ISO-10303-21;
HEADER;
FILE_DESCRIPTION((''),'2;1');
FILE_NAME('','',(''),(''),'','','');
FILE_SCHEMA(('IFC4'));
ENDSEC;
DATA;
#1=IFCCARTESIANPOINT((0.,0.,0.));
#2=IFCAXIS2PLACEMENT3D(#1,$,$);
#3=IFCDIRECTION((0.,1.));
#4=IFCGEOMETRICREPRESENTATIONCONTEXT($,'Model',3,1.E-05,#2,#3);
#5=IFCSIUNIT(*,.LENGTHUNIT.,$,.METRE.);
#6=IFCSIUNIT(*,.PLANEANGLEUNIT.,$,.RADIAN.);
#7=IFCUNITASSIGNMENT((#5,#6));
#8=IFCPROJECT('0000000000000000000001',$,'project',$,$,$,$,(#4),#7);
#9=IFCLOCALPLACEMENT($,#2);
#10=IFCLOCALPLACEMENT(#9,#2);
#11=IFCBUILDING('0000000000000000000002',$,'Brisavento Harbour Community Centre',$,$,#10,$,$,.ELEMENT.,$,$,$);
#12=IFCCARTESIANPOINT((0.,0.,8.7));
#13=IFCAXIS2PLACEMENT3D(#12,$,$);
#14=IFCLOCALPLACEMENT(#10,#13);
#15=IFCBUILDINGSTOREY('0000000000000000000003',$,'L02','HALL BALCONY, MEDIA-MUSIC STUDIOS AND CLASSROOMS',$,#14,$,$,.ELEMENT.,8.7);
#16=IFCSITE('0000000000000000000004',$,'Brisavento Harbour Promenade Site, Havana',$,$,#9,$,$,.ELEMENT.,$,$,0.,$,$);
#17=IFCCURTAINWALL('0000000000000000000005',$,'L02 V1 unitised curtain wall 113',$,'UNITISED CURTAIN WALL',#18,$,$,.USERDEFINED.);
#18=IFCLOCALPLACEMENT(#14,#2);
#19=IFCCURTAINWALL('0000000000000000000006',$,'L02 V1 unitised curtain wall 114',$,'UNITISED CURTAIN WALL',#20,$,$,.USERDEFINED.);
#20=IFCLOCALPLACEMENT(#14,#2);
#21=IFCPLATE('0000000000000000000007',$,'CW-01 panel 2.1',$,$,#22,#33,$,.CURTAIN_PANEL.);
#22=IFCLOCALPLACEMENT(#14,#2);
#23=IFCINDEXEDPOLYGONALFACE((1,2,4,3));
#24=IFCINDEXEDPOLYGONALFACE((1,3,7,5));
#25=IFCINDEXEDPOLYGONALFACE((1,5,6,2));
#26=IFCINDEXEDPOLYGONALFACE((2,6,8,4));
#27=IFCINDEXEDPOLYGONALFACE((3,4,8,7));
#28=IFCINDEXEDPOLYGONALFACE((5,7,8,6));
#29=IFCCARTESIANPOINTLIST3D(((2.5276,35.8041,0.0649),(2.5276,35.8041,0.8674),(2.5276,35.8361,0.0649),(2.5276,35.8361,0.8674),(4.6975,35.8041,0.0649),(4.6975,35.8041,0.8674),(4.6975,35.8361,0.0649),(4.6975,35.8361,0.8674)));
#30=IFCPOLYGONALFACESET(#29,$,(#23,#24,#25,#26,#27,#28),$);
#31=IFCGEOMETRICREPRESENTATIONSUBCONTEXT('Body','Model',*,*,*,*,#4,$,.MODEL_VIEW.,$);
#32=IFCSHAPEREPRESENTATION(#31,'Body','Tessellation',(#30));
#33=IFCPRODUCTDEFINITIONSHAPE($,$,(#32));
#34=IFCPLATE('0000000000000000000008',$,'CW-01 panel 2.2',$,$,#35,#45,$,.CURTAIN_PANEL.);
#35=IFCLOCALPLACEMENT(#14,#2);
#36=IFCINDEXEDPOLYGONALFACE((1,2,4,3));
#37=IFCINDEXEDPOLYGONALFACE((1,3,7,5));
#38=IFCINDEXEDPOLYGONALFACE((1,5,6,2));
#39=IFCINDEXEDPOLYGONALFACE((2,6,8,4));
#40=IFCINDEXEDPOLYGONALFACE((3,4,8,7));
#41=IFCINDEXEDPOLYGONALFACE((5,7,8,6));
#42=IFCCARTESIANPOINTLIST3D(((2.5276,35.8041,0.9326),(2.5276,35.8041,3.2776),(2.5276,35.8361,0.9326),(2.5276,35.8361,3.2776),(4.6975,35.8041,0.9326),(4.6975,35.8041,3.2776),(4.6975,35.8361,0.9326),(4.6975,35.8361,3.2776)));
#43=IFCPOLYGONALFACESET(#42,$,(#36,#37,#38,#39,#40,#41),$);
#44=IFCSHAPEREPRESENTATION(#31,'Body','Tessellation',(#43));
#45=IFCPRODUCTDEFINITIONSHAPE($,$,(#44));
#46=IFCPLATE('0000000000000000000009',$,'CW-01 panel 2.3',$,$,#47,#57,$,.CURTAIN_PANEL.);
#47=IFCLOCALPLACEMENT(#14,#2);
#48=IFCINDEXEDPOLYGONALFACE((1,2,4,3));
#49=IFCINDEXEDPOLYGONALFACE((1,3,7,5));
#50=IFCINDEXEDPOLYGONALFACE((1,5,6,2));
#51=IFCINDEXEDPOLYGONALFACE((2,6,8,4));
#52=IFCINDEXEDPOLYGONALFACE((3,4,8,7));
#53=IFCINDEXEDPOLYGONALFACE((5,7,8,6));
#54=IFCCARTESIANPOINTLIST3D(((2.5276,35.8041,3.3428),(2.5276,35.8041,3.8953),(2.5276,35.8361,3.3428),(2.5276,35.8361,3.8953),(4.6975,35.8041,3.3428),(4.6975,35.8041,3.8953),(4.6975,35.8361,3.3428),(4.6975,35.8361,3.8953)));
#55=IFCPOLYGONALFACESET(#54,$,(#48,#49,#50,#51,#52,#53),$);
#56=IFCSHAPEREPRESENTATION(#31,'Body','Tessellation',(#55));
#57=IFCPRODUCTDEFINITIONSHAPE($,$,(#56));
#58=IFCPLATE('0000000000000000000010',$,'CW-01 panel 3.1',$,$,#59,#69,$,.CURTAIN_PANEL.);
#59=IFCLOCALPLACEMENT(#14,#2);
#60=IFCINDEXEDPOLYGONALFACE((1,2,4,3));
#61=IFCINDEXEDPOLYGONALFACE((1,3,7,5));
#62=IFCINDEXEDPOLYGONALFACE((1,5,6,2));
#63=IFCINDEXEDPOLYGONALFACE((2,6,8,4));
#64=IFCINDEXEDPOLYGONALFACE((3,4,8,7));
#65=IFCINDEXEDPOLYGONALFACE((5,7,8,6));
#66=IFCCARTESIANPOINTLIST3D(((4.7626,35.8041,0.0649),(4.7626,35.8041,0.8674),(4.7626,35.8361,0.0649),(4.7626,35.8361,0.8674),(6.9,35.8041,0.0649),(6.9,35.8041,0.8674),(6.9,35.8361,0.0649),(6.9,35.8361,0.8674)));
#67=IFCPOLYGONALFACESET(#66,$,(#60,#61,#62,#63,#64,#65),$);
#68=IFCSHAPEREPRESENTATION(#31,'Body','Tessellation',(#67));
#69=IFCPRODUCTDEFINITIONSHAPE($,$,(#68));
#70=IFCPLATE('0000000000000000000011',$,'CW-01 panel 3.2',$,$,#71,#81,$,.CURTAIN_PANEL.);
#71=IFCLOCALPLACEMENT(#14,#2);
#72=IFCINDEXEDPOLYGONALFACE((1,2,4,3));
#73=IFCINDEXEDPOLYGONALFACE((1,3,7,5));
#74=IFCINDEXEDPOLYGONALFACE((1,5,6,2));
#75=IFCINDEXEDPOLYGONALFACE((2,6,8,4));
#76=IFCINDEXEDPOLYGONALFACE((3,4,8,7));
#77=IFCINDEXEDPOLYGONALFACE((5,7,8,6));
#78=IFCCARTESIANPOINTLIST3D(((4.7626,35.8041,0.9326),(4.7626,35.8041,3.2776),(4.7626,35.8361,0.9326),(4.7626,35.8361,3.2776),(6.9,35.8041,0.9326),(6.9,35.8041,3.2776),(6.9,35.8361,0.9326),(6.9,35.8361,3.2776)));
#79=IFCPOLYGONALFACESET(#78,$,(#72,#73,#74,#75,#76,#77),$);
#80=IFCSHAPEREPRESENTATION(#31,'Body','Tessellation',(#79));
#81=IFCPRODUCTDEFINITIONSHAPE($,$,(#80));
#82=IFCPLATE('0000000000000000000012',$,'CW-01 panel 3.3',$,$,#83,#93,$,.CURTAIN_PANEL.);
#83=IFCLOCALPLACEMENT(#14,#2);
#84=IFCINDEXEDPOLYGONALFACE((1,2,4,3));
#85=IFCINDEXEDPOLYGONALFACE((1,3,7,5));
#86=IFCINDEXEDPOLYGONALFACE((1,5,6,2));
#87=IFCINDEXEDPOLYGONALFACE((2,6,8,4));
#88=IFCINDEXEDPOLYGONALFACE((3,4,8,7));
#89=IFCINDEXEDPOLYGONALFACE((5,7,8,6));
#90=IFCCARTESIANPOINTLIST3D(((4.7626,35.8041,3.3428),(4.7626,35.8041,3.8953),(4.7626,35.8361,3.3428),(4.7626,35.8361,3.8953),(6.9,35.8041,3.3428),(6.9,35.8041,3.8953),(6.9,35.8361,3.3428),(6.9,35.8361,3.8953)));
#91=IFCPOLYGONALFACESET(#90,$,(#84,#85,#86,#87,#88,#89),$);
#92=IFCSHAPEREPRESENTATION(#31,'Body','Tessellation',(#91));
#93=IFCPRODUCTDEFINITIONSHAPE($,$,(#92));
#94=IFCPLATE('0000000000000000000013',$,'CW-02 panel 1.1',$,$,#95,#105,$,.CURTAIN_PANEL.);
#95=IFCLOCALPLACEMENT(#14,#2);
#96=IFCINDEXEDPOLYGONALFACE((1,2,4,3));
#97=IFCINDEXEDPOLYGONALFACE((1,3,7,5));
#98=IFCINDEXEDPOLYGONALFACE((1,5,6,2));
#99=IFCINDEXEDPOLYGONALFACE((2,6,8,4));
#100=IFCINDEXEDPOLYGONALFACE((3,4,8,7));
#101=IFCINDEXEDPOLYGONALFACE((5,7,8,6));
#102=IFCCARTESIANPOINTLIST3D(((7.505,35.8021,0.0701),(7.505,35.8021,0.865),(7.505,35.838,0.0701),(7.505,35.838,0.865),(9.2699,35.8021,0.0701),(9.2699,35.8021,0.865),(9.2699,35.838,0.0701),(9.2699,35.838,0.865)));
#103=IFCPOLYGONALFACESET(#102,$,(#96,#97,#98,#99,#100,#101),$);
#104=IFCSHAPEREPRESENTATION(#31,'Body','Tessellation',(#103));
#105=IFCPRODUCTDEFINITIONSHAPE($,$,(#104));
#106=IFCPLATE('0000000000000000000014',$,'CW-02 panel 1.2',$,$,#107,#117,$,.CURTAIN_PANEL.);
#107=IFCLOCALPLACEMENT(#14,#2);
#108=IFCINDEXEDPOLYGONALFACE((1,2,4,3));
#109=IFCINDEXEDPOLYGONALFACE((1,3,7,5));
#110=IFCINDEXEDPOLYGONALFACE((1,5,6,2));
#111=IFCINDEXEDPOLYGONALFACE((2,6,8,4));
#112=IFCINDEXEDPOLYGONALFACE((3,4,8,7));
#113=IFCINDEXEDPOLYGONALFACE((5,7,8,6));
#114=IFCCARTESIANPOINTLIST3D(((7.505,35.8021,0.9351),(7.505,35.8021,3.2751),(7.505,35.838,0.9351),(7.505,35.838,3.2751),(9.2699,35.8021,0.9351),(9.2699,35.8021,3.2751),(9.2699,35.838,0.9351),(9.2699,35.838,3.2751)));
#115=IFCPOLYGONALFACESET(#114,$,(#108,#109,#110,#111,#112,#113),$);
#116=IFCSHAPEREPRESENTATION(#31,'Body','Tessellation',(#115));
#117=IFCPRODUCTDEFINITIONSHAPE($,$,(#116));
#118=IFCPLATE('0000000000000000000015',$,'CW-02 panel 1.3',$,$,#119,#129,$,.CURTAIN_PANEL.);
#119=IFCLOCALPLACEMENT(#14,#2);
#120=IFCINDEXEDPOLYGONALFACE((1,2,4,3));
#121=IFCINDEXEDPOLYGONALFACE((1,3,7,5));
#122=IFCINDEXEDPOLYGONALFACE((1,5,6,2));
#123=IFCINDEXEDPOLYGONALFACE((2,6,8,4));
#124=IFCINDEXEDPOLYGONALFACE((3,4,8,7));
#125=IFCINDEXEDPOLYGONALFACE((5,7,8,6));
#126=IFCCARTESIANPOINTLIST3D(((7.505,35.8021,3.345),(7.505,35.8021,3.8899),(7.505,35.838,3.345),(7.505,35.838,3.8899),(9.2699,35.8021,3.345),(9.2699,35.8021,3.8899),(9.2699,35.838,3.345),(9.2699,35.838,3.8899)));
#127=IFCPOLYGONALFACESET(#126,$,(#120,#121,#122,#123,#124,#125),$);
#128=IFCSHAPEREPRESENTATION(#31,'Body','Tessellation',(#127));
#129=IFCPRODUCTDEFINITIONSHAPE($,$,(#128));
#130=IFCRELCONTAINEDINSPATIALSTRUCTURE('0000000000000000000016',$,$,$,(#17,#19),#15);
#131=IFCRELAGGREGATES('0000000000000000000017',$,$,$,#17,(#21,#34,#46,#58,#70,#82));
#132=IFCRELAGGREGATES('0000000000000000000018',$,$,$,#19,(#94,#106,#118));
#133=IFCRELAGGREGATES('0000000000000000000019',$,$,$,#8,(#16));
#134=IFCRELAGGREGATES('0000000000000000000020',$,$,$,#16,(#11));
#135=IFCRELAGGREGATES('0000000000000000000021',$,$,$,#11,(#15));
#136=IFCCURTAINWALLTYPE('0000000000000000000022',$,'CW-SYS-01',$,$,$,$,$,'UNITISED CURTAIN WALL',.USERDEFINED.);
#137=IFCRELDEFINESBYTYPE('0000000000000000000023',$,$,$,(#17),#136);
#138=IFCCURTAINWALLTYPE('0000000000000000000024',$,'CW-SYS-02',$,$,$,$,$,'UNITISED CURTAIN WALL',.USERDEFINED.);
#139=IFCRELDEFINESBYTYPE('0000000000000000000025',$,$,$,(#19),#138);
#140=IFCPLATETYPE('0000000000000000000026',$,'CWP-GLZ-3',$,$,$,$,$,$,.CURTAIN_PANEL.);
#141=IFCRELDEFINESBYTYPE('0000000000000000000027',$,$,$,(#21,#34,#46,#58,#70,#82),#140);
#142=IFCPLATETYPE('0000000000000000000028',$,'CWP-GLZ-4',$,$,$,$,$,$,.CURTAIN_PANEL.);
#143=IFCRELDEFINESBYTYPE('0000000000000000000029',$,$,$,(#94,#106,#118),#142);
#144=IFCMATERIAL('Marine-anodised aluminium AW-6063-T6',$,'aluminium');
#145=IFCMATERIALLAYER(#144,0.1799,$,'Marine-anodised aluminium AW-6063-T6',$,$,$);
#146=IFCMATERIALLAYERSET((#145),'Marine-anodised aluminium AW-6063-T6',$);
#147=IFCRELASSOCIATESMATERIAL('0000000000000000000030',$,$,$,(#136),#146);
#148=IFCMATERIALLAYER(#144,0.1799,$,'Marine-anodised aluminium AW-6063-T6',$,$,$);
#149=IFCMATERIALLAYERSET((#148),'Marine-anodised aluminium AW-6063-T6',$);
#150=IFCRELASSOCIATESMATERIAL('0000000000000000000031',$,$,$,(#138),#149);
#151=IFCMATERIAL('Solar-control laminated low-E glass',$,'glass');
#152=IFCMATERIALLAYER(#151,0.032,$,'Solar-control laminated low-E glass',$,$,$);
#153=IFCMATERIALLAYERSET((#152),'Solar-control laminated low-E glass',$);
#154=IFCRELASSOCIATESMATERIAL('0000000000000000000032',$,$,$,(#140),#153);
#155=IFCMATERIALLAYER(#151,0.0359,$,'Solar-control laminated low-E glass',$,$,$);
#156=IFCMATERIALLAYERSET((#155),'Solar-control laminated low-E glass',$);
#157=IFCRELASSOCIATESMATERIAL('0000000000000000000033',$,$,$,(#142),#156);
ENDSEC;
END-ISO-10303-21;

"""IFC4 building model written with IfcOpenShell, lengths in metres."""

from ifc_helpers import new_model, si_unit, direction, frame, origin, origin_2d, place, context, subcontext, project, spatial, rectangle, extrude, material, layer, layer_set, type_object, element, aggregate, save


model = new_model("IFC4")

# Units and contexts
model_context = context("Model", 3, precision=1e-05, world=origin(), true_north=direction((0.0, 1.0)))
body_context = subcontext(model_context, "Body", "Model", "MODEL_VIEW")
ifc_project = project(units=[si_unit("LENGTHUNIT", "METRE"), si_unit("PLANEANGLEUNIT", "RADIAN")], contexts=[model_context])

# Site, building, storey
site_placement = place(None, origin())
site = spatial("IfcSite", under=ifc_project, at=site_placement, Name="Brisavento Harbour Promenade Site, Havana", CompositionType="ELEMENT", RefElevation=0.0)
building_placement = place(site_placement, origin())
building = spatial("IfcBuilding", under=site, at=building_placement, Name="Brisavento Harbour Community Centre", CompositionType="ELEMENT")
storey_placement = place(building_placement, frame((0.0, 0.0, 8.7)))
storey = spatial("IfcBuildingStorey", under=building, at=storey_placement, Name="L02", Description="HALL BALCONY, MEDIA-MUSIC STUDIOS AND CLASSROOMS", CompositionType="ELEMENT", Elevation=8.7)

# Curtain walls
ifc_material_1 = material(Name="Marine-anodised aluminium AW-6063-T6", Category="aluminium")
ifc_layer_1 = layer(ifc_material_1, 0.1799, Name="Marine-anodised aluminium AW-6063-T6")
ifc_layer_set_1 = layer_set([ifc_layer_1], Name="Marine-anodised aluminium AW-6063-T6")
curtain_wall_type_1 = type_object("IfcCurtainWallType", Name="CW-SYS-01", ElementType="UNITISED CURTAIN WALL", PredefinedType="USERDEFINED", material=ifc_layer_set_1)
curtain_wall_1_placement = place(storey_placement, origin())
curtain_wall_1 = element("IfcCurtainWall", 1, at=curtain_wall_1_placement, inside=storey, type_object=curtain_wall_type_1, Name="L02 V1 unitised curtain wall 113", ObjectType="UNITISED CURTAIN WALL", PredefinedType="USERDEFINED")
ifc_layer_2 = layer(ifc_material_1, 0.1799, Name="Marine-anodised aluminium AW-6063-T6")
ifc_layer_set_2 = layer_set([ifc_layer_2], Name="Marine-anodised aluminium AW-6063-T6")
curtain_wall_type_2 = type_object("IfcCurtainWallType", Name="CW-SYS-02", ElementType="UNITISED CURTAIN WALL", PredefinedType="USERDEFINED", material=ifc_layer_set_2)
curtain_wall_2_placement = place(storey_placement, origin())
curtain_wall_2 = element("IfcCurtainWall", 2, at=curtain_wall_2_placement, inside=storey, type_object=curtain_wall_type_2, Name="L02 V1 unitised curtain wall 114", ObjectType="UNITISED CURTAIN WALL", PredefinedType="USERDEFINED")

# Plates
ifc_material_2 = material(Name="Solar-control laminated low-E glass", Category="glass")
ifc_layer_3 = layer(ifc_material_2, 0.032, Name="Solar-control laminated low-E glass")
ifc_layer_set_3 = layer_set([ifc_layer_3], Name="Solar-control laminated low-E glass")
plate_type_1 = type_object("IfcPlateType", Name="CWP-GLZ-3", PredefinedType="CURTAIN_PANEL", material=ifc_layer_set_3)
plate_1_placement = place(storey_placement, frame((3.6125, 35.8201, 0.0649), z_axis=(0.0, 0.0, 1.0), x_axis=(1.0, 0.0, 0.0)))
plate_1 = element("IfcPlate", 3, at=plate_1_placement, type_object=plate_type_1, Name="CW-01 panel 2.1", PredefinedType="CURTAIN_PANEL", context=body_context, shape_type="SweptSolid", body=[
    extrude(rectangle(XDim=2.1699, YDim=0.032, at=origin_2d()), origin(), (0.0, 0.0, 1.0), 0.8025),
])
plate_2_placement = place(storey_placement, frame((3.6125, 35.8201, 0.9326), z_axis=(0.0, 0.0, 1.0), x_axis=(1.0, 0.0, 0.0)))
plate_2 = element("IfcPlate", 4, at=plate_2_placement, type_object=plate_type_1, Name="CW-01 panel 2.2", PredefinedType="CURTAIN_PANEL", context=body_context, shape_type="SweptSolid", body=[
    extrude(rectangle(XDim=2.1699, YDim=0.032, at=origin_2d()), origin(), (0.0, 0.0, 1.0), 2.345),
])
plate_3_placement = place(storey_placement, frame((3.6125, 35.8201, 3.3428), z_axis=(0.0, 0.0, 1.0), x_axis=(1.0, 0.0, 0.0)))
plate_3 = element("IfcPlate", 5, at=plate_3_placement, type_object=plate_type_1, Name="CW-01 panel 2.3", PredefinedType="CURTAIN_PANEL", context=body_context, shape_type="SweptSolid", body=[
    extrude(rectangle(XDim=2.1699, YDim=0.032, at=origin_2d()), origin(), (0.0, 0.0, 1.0), 0.5525),
])
plate_4_placement = place(storey_placement, frame((5.8313, 35.8201, 0.0649), z_axis=(0.0, 0.0, 1.0), x_axis=(1.0, 0.0, 0.0)))
plate_4 = element("IfcPlate", 6, at=plate_4_placement, type_object=plate_type_1, Name="CW-01 panel 3.1", PredefinedType="CURTAIN_PANEL", context=body_context, shape_type="SweptSolid", body=[
    extrude(rectangle(XDim=2.1375, YDim=0.032, at=origin_2d()), origin(), (0.0, 0.0, 1.0), 0.8025),
])
plate_5_placement = place(storey_placement, frame((5.8313, 35.8201, 0.9326), z_axis=(0.0, 0.0, 1.0), x_axis=(1.0, 0.0, 0.0)))
plate_5 = element("IfcPlate", 7, at=plate_5_placement, type_object=plate_type_1, Name="CW-01 panel 3.2", PredefinedType="CURTAIN_PANEL", context=body_context, shape_type="SweptSolid", body=[
    extrude(rectangle(XDim=2.1375, YDim=0.032, at=origin_2d()), origin(), (0.0, 0.0, 1.0), 2.345),
])
plate_6_placement = place(storey_placement, frame((5.8313, 35.8201, 3.3428), z_axis=(0.0, 0.0, 1.0), x_axis=(1.0, 0.0, 0.0)))
plate_6 = element("IfcPlate", 8, at=plate_6_placement, type_object=plate_type_1, Name="CW-01 panel 3.3", PredefinedType="CURTAIN_PANEL", context=body_context, shape_type="SweptSolid", body=[
    extrude(rectangle(XDim=2.1375, YDim=0.032, at=origin_2d()), origin(), (0.0, 0.0, 1.0), 0.5525),
])
aggregate(curtain_wall_1, [plate_1, plate_2, plate_3, plate_4, plate_5, plate_6])
ifc_layer_4 = layer(ifc_material_2, 0.0359, Name="Solar-control laminated low-E glass")
ifc_layer_set_4 = layer_set([ifc_layer_4], Name="Solar-control laminated low-E glass")
plate_type_2 = type_object("IfcPlateType", Name="CWP-GLZ-4", PredefinedType="CURTAIN_PANEL", material=ifc_layer_set_4)
plate_7_placement = place(storey_placement, frame((8.3875, 35.8201, 0.0701), z_axis=(0.0, 0.0, 1.0), x_axis=(1.0, 0.0, 0.0)))
plate_7 = element("IfcPlate", 9, at=plate_7_placement, type_object=plate_type_2, Name="CW-02 panel 1.1", PredefinedType="CURTAIN_PANEL", context=body_context, shape_type="SweptSolid", body=[
    extrude(rectangle(XDim=1.7649, YDim=0.0359, at=origin_2d()), origin(), (0.0, 0.0, 1.0), 0.7949),
])
plate_8_placement = place(storey_placement, frame((8.3875, 35.8201, 0.9351), z_axis=(0.0, 0.0, 1.0), x_axis=(1.0, 0.0, 0.0)))
plate_8 = element("IfcPlate", 10, at=plate_8_placement, type_object=plate_type_2, Name="CW-02 panel 1.2", PredefinedType="CURTAIN_PANEL", context=body_context, shape_type="SweptSolid", body=[
    extrude(rectangle(XDim=1.7649, YDim=0.0359, at=origin_2d()), origin(), (0.0, 0.0, 1.0), 2.3401),
])
plate_9_placement = place(storey_placement, frame((8.3875, 35.8201, 3.345), z_axis=(0.0, 0.0, 1.0), x_axis=(1.0, 0.0, 0.0)))
plate_9 = element("IfcPlate", 11, at=plate_9_placement, type_object=plate_type_2, Name="CW-02 panel 1.3", PredefinedType="CURTAIN_PANEL", context=body_context, shape_type="SweptSolid", body=[
    extrude(rectangle(XDim=1.7649, YDim=0.0359, at=origin_2d()), origin(), (0.0, 0.0, 1.0), 0.5449),
])
aggregate(curtain_wall_2, [plate_7, plate_8, plate_9])

save(model, "model.ifc")
